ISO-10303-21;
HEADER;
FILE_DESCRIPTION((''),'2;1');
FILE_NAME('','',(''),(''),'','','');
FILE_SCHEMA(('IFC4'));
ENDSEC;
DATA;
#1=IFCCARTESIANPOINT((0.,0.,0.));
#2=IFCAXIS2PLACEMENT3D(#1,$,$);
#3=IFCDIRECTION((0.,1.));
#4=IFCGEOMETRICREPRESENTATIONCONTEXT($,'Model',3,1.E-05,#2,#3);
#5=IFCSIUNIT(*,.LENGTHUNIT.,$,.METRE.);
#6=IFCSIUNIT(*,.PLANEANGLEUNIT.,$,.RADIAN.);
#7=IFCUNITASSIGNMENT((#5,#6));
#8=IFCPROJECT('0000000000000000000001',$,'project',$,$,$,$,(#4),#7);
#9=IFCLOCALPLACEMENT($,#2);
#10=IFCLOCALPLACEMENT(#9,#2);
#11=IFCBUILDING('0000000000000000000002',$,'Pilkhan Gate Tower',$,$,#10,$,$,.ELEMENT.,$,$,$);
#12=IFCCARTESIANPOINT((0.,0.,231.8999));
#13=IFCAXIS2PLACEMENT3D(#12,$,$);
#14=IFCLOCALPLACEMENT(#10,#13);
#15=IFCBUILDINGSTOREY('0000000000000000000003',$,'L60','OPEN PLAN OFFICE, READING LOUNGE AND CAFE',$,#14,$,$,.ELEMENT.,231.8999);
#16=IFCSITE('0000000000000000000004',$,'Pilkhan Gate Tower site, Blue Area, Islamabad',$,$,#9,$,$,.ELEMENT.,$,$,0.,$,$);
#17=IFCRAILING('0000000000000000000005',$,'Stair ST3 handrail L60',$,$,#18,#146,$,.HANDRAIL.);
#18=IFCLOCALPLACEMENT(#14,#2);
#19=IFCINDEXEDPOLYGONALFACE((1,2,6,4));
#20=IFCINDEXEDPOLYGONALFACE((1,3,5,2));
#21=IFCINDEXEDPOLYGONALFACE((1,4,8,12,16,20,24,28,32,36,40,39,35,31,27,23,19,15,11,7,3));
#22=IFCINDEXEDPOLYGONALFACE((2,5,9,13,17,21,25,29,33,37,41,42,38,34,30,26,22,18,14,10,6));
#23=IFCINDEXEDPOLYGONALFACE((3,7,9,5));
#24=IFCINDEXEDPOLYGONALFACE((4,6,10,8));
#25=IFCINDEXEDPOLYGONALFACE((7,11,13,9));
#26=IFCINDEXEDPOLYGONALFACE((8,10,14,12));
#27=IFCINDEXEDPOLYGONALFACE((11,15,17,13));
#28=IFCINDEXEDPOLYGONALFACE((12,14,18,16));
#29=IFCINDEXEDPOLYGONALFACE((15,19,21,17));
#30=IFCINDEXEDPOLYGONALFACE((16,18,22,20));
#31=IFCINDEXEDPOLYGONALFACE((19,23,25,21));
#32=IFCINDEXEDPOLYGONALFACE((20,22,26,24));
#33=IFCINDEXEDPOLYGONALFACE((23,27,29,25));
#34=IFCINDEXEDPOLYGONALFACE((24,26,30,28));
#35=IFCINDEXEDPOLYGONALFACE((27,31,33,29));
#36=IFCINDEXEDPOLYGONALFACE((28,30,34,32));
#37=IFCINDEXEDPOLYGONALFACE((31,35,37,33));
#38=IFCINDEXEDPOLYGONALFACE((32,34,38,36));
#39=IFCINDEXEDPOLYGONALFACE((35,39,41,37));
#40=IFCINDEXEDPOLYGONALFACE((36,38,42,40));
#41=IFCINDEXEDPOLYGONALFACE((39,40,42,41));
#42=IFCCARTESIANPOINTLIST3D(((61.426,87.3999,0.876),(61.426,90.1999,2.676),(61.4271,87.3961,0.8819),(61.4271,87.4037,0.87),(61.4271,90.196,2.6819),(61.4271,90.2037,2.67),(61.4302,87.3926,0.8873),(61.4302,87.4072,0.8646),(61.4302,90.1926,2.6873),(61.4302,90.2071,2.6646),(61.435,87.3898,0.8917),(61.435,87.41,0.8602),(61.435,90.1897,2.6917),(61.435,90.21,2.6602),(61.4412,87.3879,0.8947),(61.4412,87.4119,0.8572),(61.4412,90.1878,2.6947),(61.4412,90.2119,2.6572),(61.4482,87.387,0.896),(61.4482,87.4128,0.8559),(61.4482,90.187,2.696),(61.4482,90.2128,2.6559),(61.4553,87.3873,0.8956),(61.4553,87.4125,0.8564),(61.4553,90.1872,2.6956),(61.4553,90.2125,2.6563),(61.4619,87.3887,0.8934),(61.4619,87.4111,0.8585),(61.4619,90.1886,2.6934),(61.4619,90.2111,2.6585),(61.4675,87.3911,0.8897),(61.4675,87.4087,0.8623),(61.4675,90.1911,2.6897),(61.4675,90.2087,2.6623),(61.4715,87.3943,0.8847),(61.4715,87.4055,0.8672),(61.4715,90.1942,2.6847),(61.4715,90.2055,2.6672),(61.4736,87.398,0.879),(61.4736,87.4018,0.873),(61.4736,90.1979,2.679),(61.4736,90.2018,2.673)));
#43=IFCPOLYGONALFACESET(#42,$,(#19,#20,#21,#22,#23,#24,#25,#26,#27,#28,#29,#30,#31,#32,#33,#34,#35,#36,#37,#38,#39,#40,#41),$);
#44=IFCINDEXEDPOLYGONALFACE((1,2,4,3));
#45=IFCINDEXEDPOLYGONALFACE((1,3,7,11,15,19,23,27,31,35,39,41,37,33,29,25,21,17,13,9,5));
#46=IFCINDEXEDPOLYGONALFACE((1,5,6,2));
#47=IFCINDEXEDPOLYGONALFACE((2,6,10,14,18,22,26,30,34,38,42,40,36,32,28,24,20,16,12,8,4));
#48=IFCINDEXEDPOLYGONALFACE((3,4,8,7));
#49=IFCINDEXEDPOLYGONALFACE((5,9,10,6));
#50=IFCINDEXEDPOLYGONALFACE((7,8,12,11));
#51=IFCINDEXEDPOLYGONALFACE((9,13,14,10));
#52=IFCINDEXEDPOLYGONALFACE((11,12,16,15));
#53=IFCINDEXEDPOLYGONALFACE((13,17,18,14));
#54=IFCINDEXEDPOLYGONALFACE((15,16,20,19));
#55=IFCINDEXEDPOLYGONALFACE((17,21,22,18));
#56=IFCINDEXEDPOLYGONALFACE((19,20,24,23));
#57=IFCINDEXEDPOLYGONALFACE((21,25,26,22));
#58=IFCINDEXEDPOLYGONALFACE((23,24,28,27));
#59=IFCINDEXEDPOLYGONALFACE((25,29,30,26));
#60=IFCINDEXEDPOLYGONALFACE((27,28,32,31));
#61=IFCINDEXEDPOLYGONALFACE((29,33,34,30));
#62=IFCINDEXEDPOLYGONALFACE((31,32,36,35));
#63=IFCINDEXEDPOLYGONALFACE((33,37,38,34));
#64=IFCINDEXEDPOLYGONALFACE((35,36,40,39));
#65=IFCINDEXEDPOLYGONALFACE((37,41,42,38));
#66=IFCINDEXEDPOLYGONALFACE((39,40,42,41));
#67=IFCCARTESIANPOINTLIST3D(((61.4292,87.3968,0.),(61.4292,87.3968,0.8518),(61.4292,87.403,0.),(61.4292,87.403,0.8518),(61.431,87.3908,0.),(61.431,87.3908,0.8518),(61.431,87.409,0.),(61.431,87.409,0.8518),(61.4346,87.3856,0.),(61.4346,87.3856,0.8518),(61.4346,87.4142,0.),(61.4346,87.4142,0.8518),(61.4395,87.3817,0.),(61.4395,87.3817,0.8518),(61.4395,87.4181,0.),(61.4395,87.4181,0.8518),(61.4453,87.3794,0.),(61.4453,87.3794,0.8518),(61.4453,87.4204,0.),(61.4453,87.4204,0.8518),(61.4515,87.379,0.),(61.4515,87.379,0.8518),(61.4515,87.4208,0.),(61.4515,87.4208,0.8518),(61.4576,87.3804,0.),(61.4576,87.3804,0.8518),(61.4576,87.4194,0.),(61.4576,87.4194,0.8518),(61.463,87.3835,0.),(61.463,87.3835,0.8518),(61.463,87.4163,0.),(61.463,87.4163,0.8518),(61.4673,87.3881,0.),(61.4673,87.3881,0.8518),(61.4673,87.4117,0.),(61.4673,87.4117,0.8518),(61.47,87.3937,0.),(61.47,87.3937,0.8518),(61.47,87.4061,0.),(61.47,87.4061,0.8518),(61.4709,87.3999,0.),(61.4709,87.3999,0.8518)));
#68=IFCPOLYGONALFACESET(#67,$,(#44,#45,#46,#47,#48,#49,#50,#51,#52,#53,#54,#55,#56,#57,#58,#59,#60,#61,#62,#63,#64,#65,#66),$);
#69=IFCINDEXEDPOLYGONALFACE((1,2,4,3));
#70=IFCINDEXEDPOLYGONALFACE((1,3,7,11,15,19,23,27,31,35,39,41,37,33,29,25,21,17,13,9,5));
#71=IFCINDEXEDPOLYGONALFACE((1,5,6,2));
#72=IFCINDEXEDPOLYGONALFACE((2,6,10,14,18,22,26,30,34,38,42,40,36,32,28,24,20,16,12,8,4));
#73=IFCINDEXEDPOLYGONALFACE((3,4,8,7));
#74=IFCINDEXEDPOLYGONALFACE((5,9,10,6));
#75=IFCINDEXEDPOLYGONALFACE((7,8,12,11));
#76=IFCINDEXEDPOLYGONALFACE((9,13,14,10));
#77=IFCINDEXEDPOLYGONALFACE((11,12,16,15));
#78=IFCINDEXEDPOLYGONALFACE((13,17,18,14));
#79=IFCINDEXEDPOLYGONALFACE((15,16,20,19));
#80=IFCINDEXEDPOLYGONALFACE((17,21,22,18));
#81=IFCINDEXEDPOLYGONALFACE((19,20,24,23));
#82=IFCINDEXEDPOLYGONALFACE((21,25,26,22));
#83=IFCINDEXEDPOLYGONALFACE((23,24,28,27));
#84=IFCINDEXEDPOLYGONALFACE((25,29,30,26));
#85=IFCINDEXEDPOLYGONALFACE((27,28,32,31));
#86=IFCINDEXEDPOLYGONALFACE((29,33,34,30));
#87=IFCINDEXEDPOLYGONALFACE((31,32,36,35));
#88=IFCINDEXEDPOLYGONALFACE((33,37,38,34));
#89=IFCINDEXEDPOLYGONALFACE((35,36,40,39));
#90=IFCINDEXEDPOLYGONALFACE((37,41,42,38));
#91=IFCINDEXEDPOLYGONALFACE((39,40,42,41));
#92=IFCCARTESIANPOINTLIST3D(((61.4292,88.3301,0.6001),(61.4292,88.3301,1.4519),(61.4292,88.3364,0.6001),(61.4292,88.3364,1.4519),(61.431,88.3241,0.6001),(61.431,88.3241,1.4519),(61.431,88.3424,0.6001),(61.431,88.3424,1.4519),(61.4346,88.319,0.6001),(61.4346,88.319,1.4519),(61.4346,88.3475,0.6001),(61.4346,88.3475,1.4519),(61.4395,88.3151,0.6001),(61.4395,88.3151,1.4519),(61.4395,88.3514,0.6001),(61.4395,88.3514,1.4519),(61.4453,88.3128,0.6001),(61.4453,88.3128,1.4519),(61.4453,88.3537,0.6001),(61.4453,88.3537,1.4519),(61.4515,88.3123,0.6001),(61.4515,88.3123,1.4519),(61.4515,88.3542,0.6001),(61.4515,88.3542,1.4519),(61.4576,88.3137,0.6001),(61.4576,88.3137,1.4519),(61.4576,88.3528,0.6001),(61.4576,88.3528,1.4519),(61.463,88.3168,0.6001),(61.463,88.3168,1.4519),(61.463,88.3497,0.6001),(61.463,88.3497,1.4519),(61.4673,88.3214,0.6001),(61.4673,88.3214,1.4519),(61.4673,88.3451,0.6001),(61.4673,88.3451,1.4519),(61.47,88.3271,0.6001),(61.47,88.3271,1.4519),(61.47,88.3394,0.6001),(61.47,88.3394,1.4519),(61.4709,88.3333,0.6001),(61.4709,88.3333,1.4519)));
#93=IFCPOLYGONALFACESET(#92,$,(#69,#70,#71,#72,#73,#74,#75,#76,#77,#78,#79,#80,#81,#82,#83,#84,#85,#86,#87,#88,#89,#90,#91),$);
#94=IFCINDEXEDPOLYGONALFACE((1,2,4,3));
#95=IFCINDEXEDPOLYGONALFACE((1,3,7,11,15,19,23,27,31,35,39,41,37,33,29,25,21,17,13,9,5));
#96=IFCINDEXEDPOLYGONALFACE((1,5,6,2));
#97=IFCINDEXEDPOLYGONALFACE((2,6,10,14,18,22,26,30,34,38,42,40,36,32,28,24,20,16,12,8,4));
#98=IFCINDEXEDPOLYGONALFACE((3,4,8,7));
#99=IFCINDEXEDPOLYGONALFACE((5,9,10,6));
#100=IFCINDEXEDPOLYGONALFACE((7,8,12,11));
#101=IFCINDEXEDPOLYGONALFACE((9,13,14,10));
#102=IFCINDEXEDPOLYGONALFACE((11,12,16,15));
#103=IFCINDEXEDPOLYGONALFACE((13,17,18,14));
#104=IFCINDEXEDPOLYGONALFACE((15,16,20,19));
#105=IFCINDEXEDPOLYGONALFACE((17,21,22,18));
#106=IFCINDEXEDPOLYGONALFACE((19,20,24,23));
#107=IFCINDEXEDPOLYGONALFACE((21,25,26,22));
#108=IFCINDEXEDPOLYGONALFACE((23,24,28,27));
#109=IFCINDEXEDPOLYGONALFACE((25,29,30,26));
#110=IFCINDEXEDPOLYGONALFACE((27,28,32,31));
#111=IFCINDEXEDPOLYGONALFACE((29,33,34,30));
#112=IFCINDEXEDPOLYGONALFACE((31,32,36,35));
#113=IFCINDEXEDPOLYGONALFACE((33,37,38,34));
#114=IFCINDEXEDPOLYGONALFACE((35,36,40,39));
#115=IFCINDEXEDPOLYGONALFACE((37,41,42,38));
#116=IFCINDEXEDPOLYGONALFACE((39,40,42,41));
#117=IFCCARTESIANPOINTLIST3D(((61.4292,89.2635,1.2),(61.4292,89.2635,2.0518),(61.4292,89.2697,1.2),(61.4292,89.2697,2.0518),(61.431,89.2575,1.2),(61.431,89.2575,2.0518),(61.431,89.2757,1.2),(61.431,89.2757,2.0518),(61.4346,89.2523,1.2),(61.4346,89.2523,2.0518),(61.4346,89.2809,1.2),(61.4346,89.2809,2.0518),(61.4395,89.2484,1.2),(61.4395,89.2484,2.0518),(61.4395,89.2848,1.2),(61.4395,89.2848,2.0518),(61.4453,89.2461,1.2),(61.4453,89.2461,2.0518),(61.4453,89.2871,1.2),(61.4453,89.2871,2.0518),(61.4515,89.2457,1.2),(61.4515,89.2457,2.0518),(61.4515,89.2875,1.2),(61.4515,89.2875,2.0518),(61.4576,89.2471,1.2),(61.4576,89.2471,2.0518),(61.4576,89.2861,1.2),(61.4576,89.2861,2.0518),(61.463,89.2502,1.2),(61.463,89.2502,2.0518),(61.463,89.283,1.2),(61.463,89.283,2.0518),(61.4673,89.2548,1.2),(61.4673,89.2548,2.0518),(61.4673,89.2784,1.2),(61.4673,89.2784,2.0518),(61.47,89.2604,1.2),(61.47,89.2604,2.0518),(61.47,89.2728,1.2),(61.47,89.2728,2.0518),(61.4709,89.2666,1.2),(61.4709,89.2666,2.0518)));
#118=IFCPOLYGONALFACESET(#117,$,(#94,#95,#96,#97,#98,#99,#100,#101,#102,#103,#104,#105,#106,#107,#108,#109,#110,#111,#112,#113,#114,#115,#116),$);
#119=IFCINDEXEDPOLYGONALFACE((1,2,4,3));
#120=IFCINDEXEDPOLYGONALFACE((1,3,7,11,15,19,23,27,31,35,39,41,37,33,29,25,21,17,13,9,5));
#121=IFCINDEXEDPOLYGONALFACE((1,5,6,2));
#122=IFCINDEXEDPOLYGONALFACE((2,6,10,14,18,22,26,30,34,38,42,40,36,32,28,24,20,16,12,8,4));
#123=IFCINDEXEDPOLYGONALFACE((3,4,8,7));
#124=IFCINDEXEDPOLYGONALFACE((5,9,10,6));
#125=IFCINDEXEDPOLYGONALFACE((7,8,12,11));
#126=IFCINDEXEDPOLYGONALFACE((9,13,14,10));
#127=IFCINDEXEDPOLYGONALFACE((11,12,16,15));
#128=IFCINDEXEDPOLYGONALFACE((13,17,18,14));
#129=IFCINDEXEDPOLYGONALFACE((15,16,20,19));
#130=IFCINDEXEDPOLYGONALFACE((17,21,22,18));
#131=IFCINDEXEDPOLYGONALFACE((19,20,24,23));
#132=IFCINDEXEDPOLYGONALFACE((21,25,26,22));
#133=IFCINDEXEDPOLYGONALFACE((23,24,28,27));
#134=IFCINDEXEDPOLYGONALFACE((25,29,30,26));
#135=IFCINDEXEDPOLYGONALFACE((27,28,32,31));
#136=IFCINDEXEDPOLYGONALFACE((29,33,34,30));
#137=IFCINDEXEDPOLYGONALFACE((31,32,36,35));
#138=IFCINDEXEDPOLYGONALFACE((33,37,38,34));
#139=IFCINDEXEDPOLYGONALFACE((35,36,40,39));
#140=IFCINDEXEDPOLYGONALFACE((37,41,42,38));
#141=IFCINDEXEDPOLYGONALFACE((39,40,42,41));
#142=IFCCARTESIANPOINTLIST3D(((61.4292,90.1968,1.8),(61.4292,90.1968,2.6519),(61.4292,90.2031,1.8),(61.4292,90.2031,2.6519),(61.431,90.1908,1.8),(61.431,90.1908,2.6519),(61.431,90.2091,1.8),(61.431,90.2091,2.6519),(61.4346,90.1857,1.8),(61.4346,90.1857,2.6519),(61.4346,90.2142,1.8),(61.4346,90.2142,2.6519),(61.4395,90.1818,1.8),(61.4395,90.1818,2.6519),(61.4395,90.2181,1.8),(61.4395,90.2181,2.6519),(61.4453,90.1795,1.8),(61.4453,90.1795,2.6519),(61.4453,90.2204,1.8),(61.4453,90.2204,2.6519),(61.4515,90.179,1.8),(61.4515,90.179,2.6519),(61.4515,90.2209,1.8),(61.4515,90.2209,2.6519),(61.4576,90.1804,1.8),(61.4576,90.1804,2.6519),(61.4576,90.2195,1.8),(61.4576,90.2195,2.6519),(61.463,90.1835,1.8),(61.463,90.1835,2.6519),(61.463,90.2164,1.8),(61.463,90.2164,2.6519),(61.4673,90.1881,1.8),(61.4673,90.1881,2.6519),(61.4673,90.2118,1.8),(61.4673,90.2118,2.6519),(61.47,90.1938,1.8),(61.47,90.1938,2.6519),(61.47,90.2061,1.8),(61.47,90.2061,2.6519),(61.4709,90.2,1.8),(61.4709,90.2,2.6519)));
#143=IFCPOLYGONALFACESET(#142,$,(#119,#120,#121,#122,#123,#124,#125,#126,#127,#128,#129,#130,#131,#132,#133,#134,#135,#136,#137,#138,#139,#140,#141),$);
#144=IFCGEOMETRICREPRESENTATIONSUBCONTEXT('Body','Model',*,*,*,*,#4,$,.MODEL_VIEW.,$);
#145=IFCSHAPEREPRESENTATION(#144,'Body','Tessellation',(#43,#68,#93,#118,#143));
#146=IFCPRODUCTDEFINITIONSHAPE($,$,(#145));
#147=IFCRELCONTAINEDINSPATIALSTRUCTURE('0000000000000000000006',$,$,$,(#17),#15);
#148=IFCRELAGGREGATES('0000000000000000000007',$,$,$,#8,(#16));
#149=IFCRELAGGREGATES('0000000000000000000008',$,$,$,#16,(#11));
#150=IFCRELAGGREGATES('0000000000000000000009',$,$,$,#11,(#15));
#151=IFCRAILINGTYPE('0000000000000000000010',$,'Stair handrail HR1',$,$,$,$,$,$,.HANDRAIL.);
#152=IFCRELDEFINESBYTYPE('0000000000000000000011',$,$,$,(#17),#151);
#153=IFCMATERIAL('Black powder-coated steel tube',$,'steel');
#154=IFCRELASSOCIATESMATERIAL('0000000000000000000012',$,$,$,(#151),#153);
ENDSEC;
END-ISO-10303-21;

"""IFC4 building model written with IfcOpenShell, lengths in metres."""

from ifc_helpers import new_model, si_unit, direction, frame, origin, origin_2d, place, context, subcontext, project, spatial, circle, extrude, material, type_object, element, save


model = new_model("IFC4")

# Units and contexts
model_context = context("Model", 3, precision=1e-05, world=origin(), true_north=direction((0.0, 1.0)))
body_context = subcontext(model_context, "Body", "Model", "MODEL_VIEW")
ifc_project = project(units=[si_unit("LENGTHUNIT", "METRE"), si_unit("PLANEANGLEUNIT", "RADIAN")], contexts=[model_context])

# Site, building, storey
site_placement = place(None, origin())
site = spatial("IfcSite", under=ifc_project, at=site_placement, Name="Pilkhan Gate Tower site, Blue Area, Islamabad", CompositionType="ELEMENT", RefElevation=0.0)
building_placement = place(site_placement, origin())
building = spatial("IfcBuilding", under=site, at=building_placement, Name="Pilkhan Gate Tower", CompositionType="ELEMENT")
storey_placement = place(building_placement, frame((0.0, 0.0, 231.8999)))
storey = spatial("IfcBuildingStorey", under=building, at=storey_placement, Name="L60", Description="OPEN PLAN OFFICE, READING LOUNGE AND CAFE", CompositionType="ELEMENT", Elevation=231.8999)

# Railing
ifc_material_1 = material(Name="Black powder-coated steel tube", Category="steel")
railing_type_1 = type_object("IfcRailingType", Name="Stair handrail HR1", PredefinedType="HANDRAIL", material=ifc_material_1)
for number, where, name in (
    (1, (61.45, 87.3999, 0.0), "Stair ST3 handrail L60"),
):
    element("IfcRailing", number, at=place(storey_placement, frame(where)), inside=storey, type_object=railing_type_1, Name=name, PredefinedType="HANDRAIL", context=body_context, shape_type="SweptSolid", body=[
        extrude(circle(Radius=0.0239, at=origin_2d()), frame((0.0, 0.0, 0.876), z_axis=(0.0, 0.841176, 0.540761), x_axis=(-1.0, 0.0, 0.0)), (0.0, 0.0, 1.0), 3.3286),
        extrude(circle(Radius=0.021, at=origin_2d()), origin(), (0.0, 0.0, 1.0), 0.8518),
        extrude(circle(Radius=0.021, at=origin_2d()), frame((0.0, 0.9333, 0.6001)), (0.0, 0.0, 1.0), 0.8518),
        extrude(circle(Radius=0.021, at=origin_2d()), frame((0.0, 1.8667, 1.2)), (0.0, 0.0, 1.0), 0.8518),
        extrude(circle(Radius=0.021, at=origin_2d()), frame((0.0, 2.8, 1.8)), (0.0, 0.0, 1.0), 0.8518),
    ])

save(model, "model.ifc")
